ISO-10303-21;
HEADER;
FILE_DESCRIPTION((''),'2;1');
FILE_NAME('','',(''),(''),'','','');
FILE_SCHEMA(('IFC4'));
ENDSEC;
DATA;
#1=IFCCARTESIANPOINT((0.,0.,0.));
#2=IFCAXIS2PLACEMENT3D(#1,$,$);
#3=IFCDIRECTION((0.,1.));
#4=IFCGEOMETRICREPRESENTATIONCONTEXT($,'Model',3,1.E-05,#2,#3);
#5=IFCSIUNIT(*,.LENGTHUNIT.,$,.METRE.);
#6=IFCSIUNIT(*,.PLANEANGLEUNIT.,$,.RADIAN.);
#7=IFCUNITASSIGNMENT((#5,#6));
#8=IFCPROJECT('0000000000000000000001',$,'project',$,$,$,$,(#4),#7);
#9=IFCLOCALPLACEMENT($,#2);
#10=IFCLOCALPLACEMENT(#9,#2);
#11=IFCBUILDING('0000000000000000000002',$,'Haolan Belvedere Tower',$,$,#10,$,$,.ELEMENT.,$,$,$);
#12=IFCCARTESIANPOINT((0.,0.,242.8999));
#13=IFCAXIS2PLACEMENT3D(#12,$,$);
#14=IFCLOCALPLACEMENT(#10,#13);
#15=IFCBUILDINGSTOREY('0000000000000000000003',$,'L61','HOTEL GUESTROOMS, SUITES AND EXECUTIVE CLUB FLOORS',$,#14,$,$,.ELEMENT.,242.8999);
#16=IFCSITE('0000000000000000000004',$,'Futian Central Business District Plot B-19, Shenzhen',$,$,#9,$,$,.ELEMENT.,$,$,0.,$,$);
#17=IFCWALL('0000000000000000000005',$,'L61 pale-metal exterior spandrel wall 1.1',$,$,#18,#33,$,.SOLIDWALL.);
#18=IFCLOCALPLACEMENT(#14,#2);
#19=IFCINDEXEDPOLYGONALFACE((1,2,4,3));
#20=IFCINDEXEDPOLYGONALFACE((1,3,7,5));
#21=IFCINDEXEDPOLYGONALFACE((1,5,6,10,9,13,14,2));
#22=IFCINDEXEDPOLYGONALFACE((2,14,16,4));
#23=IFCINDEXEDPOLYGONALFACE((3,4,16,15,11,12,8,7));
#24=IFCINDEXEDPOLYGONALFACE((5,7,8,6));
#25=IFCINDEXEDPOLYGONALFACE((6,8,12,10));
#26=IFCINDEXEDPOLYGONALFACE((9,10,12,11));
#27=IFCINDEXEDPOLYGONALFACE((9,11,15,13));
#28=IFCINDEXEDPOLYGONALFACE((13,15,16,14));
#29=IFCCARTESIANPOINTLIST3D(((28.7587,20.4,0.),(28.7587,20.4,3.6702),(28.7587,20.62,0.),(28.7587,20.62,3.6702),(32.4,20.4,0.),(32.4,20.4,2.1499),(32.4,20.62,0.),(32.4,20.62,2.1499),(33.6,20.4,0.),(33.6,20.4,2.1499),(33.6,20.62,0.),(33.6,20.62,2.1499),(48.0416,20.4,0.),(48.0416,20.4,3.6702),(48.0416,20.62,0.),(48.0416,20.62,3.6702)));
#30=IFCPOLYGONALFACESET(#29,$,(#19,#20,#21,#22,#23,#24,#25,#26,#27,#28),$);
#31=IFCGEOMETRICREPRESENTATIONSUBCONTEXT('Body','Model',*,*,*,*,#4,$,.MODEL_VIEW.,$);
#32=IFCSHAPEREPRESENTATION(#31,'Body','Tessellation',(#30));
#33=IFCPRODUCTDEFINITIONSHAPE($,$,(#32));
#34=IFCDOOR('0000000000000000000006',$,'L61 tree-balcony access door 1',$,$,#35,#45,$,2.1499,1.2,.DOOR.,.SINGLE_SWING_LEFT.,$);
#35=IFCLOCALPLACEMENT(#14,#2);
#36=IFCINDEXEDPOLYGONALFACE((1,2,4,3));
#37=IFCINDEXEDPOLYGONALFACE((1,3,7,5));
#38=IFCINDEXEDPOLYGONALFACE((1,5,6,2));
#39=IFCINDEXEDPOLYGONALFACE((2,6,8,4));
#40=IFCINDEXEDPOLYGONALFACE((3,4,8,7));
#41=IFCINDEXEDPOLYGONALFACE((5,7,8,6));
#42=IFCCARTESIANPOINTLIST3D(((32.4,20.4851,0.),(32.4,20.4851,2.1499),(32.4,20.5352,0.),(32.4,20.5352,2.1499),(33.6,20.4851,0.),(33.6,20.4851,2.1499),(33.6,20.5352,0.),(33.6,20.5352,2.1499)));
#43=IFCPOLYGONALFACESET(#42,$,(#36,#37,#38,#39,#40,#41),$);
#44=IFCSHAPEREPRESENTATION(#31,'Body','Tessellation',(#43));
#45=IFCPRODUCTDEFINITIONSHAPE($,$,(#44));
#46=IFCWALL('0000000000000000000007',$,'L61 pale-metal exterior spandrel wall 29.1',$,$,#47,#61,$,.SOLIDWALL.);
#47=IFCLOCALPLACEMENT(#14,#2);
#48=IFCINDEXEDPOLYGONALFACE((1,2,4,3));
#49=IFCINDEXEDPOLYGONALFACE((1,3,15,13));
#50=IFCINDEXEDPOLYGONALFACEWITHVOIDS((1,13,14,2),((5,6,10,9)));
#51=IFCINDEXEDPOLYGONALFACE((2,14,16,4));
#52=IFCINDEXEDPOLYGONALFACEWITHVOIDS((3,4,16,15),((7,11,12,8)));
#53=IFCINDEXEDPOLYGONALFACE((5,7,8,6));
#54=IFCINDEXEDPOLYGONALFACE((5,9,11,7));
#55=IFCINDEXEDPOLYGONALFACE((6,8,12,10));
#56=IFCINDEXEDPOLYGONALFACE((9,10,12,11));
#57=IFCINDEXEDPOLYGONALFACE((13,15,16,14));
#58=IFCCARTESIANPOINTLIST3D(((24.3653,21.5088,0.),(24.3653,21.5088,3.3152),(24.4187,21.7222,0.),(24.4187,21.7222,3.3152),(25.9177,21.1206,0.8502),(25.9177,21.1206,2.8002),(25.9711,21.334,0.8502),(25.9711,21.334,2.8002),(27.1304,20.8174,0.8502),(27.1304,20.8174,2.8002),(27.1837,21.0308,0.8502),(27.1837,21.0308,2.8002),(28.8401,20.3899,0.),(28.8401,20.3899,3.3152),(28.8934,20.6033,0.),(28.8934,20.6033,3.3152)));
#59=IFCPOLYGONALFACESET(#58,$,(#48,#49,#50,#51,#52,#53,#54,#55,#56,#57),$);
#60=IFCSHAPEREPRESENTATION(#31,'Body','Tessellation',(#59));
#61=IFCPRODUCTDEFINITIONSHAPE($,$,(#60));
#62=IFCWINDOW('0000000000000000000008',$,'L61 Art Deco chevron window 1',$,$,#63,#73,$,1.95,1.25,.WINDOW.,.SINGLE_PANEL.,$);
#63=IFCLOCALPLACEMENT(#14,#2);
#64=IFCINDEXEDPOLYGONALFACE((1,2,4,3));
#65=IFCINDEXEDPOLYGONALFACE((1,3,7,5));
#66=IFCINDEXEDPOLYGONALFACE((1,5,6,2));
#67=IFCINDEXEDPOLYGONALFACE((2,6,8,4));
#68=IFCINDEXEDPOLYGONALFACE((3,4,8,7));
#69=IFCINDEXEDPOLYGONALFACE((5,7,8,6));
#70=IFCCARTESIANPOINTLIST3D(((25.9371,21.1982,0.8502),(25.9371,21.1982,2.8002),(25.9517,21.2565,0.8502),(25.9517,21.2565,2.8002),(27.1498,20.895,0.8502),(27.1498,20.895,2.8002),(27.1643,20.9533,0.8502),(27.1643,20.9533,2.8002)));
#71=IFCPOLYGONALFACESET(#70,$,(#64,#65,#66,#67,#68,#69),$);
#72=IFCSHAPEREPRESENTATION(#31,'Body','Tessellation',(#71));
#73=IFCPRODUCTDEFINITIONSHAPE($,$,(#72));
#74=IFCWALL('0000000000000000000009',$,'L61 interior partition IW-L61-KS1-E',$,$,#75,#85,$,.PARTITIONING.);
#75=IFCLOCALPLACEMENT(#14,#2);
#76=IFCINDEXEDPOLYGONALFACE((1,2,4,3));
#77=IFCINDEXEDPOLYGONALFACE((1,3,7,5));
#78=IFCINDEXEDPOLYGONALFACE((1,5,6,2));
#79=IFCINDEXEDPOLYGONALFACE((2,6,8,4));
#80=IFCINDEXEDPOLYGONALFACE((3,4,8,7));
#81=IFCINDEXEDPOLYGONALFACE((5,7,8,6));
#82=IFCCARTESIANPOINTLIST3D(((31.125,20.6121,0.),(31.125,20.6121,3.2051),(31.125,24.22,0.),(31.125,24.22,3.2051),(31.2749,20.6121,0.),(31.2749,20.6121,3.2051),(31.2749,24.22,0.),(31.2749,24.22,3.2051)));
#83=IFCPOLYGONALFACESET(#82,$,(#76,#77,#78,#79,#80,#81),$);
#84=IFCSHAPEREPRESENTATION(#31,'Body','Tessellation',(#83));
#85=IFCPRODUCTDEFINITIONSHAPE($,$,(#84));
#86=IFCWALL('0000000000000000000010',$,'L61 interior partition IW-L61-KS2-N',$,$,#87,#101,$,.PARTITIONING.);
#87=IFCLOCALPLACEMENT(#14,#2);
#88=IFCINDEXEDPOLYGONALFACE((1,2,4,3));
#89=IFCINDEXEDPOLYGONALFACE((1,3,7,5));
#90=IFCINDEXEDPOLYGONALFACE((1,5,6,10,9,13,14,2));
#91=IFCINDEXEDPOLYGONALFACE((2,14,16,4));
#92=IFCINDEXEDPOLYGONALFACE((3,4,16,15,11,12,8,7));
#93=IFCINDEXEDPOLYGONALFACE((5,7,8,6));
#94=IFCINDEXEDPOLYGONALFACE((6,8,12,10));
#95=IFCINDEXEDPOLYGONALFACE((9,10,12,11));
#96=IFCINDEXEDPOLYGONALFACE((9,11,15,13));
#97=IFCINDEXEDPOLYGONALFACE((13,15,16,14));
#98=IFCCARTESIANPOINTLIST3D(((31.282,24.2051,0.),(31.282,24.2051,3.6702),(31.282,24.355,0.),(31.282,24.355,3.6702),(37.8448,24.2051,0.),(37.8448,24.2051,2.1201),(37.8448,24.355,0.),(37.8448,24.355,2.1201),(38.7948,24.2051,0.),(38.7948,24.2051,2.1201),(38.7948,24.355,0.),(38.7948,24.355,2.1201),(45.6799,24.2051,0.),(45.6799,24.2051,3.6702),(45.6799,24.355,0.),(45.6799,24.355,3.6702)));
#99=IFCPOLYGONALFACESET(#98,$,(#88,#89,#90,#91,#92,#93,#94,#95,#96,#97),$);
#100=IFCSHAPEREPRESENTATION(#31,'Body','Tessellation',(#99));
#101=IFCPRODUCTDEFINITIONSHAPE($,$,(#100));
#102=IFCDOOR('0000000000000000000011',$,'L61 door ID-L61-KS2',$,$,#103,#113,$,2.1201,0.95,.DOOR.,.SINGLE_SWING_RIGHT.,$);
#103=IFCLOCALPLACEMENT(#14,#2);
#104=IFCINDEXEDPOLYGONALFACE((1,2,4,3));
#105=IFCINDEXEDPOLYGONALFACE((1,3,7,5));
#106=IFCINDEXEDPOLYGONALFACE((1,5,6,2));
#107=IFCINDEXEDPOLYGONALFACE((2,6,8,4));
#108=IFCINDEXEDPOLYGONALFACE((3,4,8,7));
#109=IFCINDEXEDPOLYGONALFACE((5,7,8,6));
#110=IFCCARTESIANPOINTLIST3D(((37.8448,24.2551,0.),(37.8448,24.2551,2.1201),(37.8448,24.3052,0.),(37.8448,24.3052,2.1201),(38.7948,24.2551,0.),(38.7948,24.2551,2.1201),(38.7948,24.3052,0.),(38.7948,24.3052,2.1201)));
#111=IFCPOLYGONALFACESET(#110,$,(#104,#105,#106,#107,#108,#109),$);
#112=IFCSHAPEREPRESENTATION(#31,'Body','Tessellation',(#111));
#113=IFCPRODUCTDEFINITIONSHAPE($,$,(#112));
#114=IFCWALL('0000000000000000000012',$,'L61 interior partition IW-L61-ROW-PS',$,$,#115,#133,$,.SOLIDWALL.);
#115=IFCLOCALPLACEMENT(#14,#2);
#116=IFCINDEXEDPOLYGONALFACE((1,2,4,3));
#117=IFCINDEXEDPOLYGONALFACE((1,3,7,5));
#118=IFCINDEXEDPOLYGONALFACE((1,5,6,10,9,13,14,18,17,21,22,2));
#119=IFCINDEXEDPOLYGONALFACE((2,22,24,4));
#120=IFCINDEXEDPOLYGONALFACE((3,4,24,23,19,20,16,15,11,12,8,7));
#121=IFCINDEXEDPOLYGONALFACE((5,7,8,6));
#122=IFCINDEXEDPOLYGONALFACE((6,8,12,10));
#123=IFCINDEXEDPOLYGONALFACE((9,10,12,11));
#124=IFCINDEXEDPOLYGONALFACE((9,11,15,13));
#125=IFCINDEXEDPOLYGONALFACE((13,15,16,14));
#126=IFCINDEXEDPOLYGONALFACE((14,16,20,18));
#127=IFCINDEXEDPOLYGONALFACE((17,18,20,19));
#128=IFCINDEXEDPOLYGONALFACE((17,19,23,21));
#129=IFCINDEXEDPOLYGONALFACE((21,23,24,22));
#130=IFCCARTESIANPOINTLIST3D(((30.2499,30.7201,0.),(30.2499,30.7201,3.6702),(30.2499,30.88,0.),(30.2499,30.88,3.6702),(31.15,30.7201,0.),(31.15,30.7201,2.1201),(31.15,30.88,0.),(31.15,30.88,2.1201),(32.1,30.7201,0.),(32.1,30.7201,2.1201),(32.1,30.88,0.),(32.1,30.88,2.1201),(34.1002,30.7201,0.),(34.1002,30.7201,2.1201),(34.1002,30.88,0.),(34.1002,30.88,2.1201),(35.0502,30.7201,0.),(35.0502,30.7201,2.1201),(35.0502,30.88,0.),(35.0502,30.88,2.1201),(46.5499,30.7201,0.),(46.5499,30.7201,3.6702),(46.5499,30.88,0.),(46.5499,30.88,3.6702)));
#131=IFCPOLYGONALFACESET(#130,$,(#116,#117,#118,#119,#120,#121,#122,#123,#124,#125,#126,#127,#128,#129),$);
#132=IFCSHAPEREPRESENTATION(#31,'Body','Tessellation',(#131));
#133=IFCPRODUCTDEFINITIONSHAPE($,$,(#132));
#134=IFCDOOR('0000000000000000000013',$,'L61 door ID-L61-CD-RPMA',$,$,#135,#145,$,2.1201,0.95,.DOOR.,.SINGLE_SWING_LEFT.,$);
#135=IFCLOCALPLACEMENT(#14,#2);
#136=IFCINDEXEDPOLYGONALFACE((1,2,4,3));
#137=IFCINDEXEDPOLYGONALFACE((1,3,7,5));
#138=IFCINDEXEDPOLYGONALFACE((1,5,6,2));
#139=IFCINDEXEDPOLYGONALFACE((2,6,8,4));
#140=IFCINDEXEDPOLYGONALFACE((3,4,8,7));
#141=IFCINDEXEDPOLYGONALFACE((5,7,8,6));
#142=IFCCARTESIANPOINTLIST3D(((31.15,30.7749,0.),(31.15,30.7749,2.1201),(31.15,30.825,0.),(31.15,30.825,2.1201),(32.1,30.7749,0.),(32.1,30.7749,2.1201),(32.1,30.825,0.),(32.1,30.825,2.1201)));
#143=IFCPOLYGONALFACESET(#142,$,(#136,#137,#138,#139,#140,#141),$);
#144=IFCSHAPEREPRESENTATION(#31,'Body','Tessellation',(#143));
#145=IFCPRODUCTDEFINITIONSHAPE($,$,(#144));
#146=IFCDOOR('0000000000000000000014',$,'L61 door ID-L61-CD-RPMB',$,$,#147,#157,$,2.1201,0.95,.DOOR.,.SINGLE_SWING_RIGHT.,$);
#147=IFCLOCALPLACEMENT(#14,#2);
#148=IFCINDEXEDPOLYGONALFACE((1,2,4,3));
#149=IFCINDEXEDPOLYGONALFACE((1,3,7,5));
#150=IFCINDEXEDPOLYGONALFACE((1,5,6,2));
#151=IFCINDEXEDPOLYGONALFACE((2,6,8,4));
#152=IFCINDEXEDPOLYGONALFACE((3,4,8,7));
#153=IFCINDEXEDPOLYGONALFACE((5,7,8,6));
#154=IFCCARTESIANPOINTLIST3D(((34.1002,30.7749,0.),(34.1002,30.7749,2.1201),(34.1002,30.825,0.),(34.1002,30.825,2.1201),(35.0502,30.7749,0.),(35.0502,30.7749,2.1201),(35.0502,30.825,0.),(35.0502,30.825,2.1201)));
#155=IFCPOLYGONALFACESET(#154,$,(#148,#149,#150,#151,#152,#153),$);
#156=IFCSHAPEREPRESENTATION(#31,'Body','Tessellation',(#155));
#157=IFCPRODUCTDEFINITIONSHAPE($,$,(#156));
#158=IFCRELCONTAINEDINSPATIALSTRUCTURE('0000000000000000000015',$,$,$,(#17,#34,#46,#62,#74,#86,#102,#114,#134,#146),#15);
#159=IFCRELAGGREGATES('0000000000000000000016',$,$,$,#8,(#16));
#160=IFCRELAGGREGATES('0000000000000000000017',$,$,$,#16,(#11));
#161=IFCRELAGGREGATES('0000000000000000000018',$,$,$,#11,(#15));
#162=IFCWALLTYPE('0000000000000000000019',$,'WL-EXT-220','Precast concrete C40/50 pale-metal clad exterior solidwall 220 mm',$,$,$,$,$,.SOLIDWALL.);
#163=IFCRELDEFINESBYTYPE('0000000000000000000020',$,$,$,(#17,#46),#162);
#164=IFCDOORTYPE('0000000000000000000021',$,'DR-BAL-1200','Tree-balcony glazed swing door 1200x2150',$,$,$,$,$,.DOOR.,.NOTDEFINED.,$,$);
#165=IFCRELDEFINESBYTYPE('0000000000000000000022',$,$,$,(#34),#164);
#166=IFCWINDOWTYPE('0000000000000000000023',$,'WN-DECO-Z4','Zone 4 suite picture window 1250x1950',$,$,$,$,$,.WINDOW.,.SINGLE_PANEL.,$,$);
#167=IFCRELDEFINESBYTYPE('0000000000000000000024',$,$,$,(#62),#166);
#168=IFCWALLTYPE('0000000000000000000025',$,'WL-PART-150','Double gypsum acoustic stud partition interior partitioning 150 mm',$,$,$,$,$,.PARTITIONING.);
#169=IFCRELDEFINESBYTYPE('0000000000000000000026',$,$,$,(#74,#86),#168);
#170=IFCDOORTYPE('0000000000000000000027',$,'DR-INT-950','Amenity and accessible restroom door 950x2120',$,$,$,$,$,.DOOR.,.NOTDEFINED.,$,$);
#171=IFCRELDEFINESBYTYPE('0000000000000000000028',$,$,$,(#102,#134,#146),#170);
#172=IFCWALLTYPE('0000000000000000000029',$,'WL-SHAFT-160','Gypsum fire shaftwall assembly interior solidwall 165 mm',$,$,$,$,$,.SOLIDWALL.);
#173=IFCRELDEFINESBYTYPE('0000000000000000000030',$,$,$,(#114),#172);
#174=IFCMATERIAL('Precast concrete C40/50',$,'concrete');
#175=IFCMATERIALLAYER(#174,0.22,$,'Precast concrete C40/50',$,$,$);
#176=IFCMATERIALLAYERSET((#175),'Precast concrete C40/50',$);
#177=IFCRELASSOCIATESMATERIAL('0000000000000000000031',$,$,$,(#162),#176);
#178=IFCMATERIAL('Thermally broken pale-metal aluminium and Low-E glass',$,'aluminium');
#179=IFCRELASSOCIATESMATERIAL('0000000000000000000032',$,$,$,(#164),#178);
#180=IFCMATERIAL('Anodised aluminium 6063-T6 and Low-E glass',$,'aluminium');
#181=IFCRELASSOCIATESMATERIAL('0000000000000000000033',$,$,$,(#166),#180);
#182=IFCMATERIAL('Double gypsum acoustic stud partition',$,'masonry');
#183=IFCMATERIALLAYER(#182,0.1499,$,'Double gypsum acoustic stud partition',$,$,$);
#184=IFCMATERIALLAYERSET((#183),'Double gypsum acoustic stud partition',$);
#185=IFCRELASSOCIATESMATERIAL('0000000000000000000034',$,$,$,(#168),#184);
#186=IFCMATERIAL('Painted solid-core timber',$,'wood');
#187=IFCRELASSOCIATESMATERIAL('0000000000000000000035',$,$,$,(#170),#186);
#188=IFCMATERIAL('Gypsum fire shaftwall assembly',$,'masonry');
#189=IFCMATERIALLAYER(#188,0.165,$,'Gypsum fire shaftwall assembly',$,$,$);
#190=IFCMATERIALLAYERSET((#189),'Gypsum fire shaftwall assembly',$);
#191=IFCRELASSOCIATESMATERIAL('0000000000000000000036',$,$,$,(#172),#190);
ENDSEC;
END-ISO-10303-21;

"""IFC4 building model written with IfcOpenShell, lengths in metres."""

from ifc_helpers import new_model, si_unit, direction, frame, frame_2d, origin, place, context, subcontext, project, spatial, rectangle, extrude, material, layer, layer_set, type_object, element, fill, save


model = new_model("IFC4")

# Units and contexts
model_context = context("Model", 3, precision=1e-05, world=origin(), true_north=direction((0.0, 1.0)))
body_context = subcontext(model_context, "Body", "Model", "MODEL_VIEW")
ifc_project = project(units=[si_unit("LENGTHUNIT", "METRE"), si_unit("PLANEANGLEUNIT", "RADIAN")], contexts=[model_context])

# Site, building, storey
site_placement = place(None, origin())
site = spatial("IfcSite", under=ifc_project, at=site_placement, Name="Futian Central Business District Plot B-19, Shenzhen", CompositionType="ELEMENT", RefElevation=0.0)
building_placement = place(site_placement, origin())
building = spatial("IfcBuilding", under=site, at=building_placement, Name="Haolan Belvedere Tower", CompositionType="ELEMENT")
storey_placement = place(building_placement, frame((0.0, 0.0, 242.8999)))
storey = spatial("IfcBuildingStorey", under=building, at=storey_placement, Name="L61", Description="HOTEL GUESTROOMS, SUITES AND EXECUTIVE CLUB FLOORS", CompositionType="ELEMENT", Elevation=242.8999)

# Wall, opening, door
ifc_material_1 = material(Name="Precast concrete C40/50", Category="concrete")
ifc_layer_1 = layer(ifc_material_1, 0.22, Name="Precast concrete C40/50")
ifc_layer_set_1 = layer_set([ifc_layer_1], Name="Precast concrete C40/50")
wall_type_1 = type_object("IfcWallType", Name="WL-EXT-220", Description="Precast concrete C40/50 pale-metal clad exterior solidwall 220 mm", PredefinedType="SOLIDWALL", material=ifc_layer_set_1)
wall_1_placement = place(storey_placement, frame((28.7585, 20.51, 0.0), z_axis=(0.0, 0.0, 1.0), x_axis=(1.0, 0.0, 0.0)))
wall_1 = element("IfcWall", 1, at=wall_1_placement, inside=storey, type_object=wall_type_1, Name="L61 pale-metal exterior spandrel wall 1.1", PredefinedType="SOLIDWALL", context=body_context, shape_type="SweptSolid", body=[
    extrude(rectangle(XDim=19.283, YDim=0.22, at=frame_2d((9.6416, 0.0))), origin(), (0.0, 0.0, 1.0), 3.6702),
])
opening_1_placement = place(wall_1_placement, frame((4.8416, 0.0, 0.0), z_axis=(0.0, 0.0, 1.0), x_axis=(-1.0, 0.0, 0.0)))
opening_1 = element("IfcOpeningElement", 2, at=opening_1_placement, cuts=wall_1, PredefinedType="OPENING", context=body_context, shape_type="SweptSolid", body=[
    extrude(rectangle(XDim=1.2, YDim=2.1499, at=frame_2d((0.6001, 1.075))), frame((0.0, 0.1199, 0.0), z_axis=(0.0, -1.0, 0.0), x_axis=(1.0, 0.0, 0.0)), (0.0, 0.0, 1.0), 0.24),
])
ifc_material_2 = material(Name="Thermally broken pale-metal aluminium and Low-E glass", Category="aluminium")
door_type_1 = type_object("IfcDoorType", Name="DR-BAL-1200", Description="Tree-balcony glazed swing door 1200x2150", OperationType="NOTDEFINED", PredefinedType="DOOR", material=ifc_material_2)
door_1_placement = place(opening_1_placement, origin())
door_1 = element("IfcDoor", 3, at=door_1_placement, inside=storey, type_object=door_type_1, Name="L61 tree-balcony access door 1", OperationType="SINGLE_SWING_LEFT", OverallHeight=2.1499, OverallWidth=1.2, PredefinedType="DOOR", context=body_context, shape_type="SweptSolid", body=[
    extrude(rectangle(XDim=1.2, YDim=2.1499, at=frame_2d((0.6001, 1.075))), frame((0.0, 0.0249, 0.0), z_axis=(0.0, -1.0, 0.0), x_axis=(1.0, 0.0, 0.0)), (0.0, 0.0, 1.0), 0.05),
])
fill(opening_1, door_1)

# Wall, opening, window
wall_2_placement = place(storey_placement, frame((24.3921, 21.6155, 0.0), z_axis=(0.0, 0.0, 1.0), x_axis=(0.970133, -0.242573, 0.0)))
wall_2 = element("IfcWall", 4, at=wall_2_placement, inside=storey, type_object=wall_type_1, Name="L61 pale-metal exterior spandrel wall 29.1", PredefinedType="SOLIDWALL", context=body_context, shape_type="SweptSolid", body=[
    extrude(rectangle(XDim=4.6125, YDim=0.22, at=frame_2d((2.3062, 0.0))), origin(), (0.0, 0.0, 1.0), 3.3152),
])
opening_2_placement = place(wall_2_placement, frame((1.6001, 0.0, 0.8501)))
opening_2 = element("IfcOpeningElement", 5, at=opening_2_placement, cuts=wall_2, PredefinedType="OPENING", context=body_context, shape_type="SweptSolid", body=[
    extrude(rectangle(XDim=1.25, YDim=1.95, at=frame_2d((0.625, 0.9751))), frame((0.0, 0.1199, 0.0), z_axis=(0.0, -1.0, 0.0), x_axis=(1.0, 0.0, 0.0)), (0.0, 0.0, 1.0), 0.24),
])
ifc_material_3 = material(Name="Anodised aluminium 6063-T6 and Low-E glass", Category="aluminium")
window_type = type_object("IfcWindowType", Name="WN-DECO-Z4", Description="Zone 4 suite picture window 1250x1950", PartitioningType="SINGLE_PANEL", PredefinedType="WINDOW", material=ifc_material_3)
window_placement = place(opening_2_placement, origin())
window = element("IfcWindow", 6, at=window_placement, inside=storey, type_object=window_type, Name="L61 Art Deco chevron window 1", OverallHeight=1.95, OverallWidth=1.25, PartitioningType="SINGLE_PANEL", PredefinedType="WINDOW", context=body_context, shape_type="SweptSolid", body=[
    extrude(rectangle(XDim=1.25, YDim=1.95, at=frame_2d((0.625, 0.9751))), frame((0.0, 0.03, 0.0), z_axis=(0.0, -1.0, 0.0), x_axis=(1.0, 0.0, 0.0)), (0.0, 0.0, 1.0), 0.0601),
])
fill(opening_2, window)

# Wall
ifc_material_4 = material(Name="Double gypsum acoustic stud partition", Category="masonry")
ifc_layer_2 = layer(ifc_material_4, 0.1499, Name="Double gypsum acoustic stud partition")
ifc_layer_set_2 = layer_set([ifc_layer_2], Name="Double gypsum acoustic stud partition")
wall_type_2 = type_object("IfcWallType", Name="WL-PART-150", Description="Double gypsum acoustic stud partition interior partitioning 150 mm", PredefinedType="PARTITIONING", material=ifc_layer_set_2)
wall_3_placement = place(storey_placement, frame((31.2, 20.6121, 0.0), z_axis=(0.0, 0.0, 1.0), x_axis=(0.0, 1.0, 0.0)))
element("IfcWall", 7, at=wall_3_placement, inside=storey, type_object=wall_type_2, Name="L61 interior partition IW-L61-KS1-E", PredefinedType="PARTITIONING", context=body_context, shape_type="SweptSolid", body=[
    extrude(rectangle(XDim=3.6079, YDim=0.1499, at=frame_2d((1.804, 0.0))), origin(), (0.0, 0.0, 1.0), 3.2051),
])

# Wall, opening, door
wall_4_placement = place(storey_placement, frame((31.282, 24.28, 0.0), z_axis=(0.0, 0.0, 1.0), x_axis=(1.0, 0.0, 0.0)))
wall_4 = element("IfcWall", 8, at=wall_4_placement, inside=storey, type_object=wall_type_2, Name="L61 interior partition IW-L61-KS2-N", PredefinedType="PARTITIONING", context=body_context, shape_type="SweptSolid", body=[
    extrude(rectangle(XDim=14.3979, YDim=0.1499, at=frame_2d((7.199, 0.0))), origin(), (0.0, 0.0, 1.0), 3.6702),
])
opening_3_placement = place(wall_4_placement, frame((7.5129, 0.0, 0.0), z_axis=(0.0, 0.0, 1.0), x_axis=(-1.0, 0.0, 0.0)))
opening_3 = element("IfcOpeningElement", 9, at=opening_3_placement, cuts=wall_4, PredefinedType="OPENING", context=body_context, shape_type="SweptSolid", body=[
    extrude(rectangle(XDim=0.95, YDim=2.1201, at=frame_2d((0.4751, 1.0601))), frame((0.0, 0.085, 0.0), z_axis=(0.0, -1.0, 0.0), x_axis=(1.0, 0.0, 0.0)), (0.0, 0.0, 1.0), 0.1699),
])
ifc_material_5 = material(Name="Painted solid-core timber", Category="wood")
door_type_2 = type_object("IfcDoorType", Name="DR-INT-950", Description="Amenity and accessible restroom door 950x2120", OperationType="NOTDEFINED", PredefinedType="DOOR", material=ifc_material_5)
door_2_placement = place(opening_3_placement, origin())
door_2 = element("IfcDoor", 10, at=door_2_placement, inside=storey, type_object=door_type_2, Name="L61 door ID-L61-KS2", OperationType="SINGLE_SWING_RIGHT", OverallHeight=2.1201, OverallWidth=0.95, PredefinedType="DOOR", context=body_context, shape_type="SweptSolid", body=[
    extrude(rectangle(XDim=0.95, YDim=2.1201, at=frame_2d((0.4751, 1.0601))), frame((0.0, 0.0249, 0.0), z_axis=(0.0, -1.0, 0.0), x_axis=(1.0, 0.0, 0.0)), (0.0, 0.0, 1.0), 0.05),
])
fill(opening_3, door_2)

# Wall, openings, doors
ifc_material_6 = material(Name="Gypsum fire shaftwall assembly", Category="masonry")
ifc_layer_3 = layer(ifc_material_6, 0.165, Name="Gypsum fire shaftwall assembly")
ifc_layer_set_3 = layer_set([ifc_layer_3], Name="Gypsum fire shaftwall assembly")
wall_type_3 = type_object("IfcWallType", Name="WL-SHAFT-160", Description="Gypsum fire shaftwall assembly interior solidwall 165 mm", PredefinedType="SOLIDWALL", material=ifc_layer_set_3)
wall_5_placement = place(storey_placement, frame((30.25, 30.8, 0.0), z_axis=(0.0, 0.0, 1.0), x_axis=(1.0, 0.0, 0.0)))
wall_5 = element("IfcWall", 11, at=wall_5_placement, inside=storey, type_object=wall_type_3, Name="L61 interior partition IW-L61-ROW-PS", PredefinedType="SOLIDWALL", context=body_context, shape_type="SweptSolid", body=[
    extrude(rectangle(XDim=16.3, YDim=0.1599, at=frame_2d((8.1499, 0.0))), origin(), (0.0, 0.0, 1.0), 3.6702),
])
opening_4_placement = place(wall_5_placement, frame((0.8999, 0.0, 0.0)))
opening_4 = element("IfcOpeningElement", 12, at=opening_4_placement, cuts=wall_5, PredefinedType="OPENING", context=body_context, shape_type="SweptSolid", body=[
    extrude(rectangle(XDim=0.95, YDim=2.1201, at=frame_2d((0.4751, 1.0601))), frame((0.0, 0.0898, 0.0), z_axis=(0.0, -1.0, 0.0), x_axis=(1.0, 0.0, 0.0)), (0.0, 0.0, 1.0), 0.1799),
])
opening_5_placement = place(wall_5_placement, frame((3.8501, 0.0, 0.0)))
opening_5 = element("IfcOpeningElement", 13, at=opening_5_placement, cuts=wall_5, PredefinedType="OPENING", context=body_context, shape_type="SweptSolid", body=[
    extrude(rectangle(XDim=0.95, YDim=2.1201, at=frame_2d((0.4751, 1.0601))), frame((0.0, 0.0898, 0.0), z_axis=(0.0, -1.0, 0.0), x_axis=(1.0, 0.0, 0.0)), (0.0, 0.0, 1.0), 0.1799),
])
door_3_placement = place(opening_4_placement, origin())
door_3 = element("IfcDoor", 14, at=door_3_placement, inside=storey, type_object=door_type_2, Name="L61 door ID-L61-CD-RPMA", OperationType="SINGLE_SWING_LEFT", OverallHeight=2.1201, OverallWidth=0.95, PredefinedType="DOOR", context=body_context, shape_type="SweptSolid", body=[
    extrude(rectangle(XDim=0.95, YDim=2.1201, at=frame_2d((0.4751, 1.0601))), frame((0.0, 0.0249, 0.0), z_axis=(0.0, -1.0, 0.0), x_axis=(1.0, 0.0, 0.0)), (0.0, 0.0, 1.0), 0.05),
])
fill(opening_4, door_3)
door_4_placement = place(opening_5_placement, origin())
door_4 = element("IfcDoor", 15, at=door_4_placement, inside=storey, type_object=door_type_2, Name="L61 door ID-L61-CD-RPMB", OperationType="SINGLE_SWING_RIGHT", OverallHeight=2.1201, OverallWidth=0.95, PredefinedType="DOOR", context=body_context, shape_type="SweptSolid", body=[
    extrude(rectangle(XDim=0.95, YDim=2.1201, at=frame_2d((0.4751, 1.0601))), frame((0.0, 0.0249, 0.0), z_axis=(0.0, -1.0, 0.0), x_axis=(1.0, 0.0, 0.0)), (0.0, 0.0, 1.0), 0.05),
])
fill(opening_5, door_4)

save(model, "model.ifc")
